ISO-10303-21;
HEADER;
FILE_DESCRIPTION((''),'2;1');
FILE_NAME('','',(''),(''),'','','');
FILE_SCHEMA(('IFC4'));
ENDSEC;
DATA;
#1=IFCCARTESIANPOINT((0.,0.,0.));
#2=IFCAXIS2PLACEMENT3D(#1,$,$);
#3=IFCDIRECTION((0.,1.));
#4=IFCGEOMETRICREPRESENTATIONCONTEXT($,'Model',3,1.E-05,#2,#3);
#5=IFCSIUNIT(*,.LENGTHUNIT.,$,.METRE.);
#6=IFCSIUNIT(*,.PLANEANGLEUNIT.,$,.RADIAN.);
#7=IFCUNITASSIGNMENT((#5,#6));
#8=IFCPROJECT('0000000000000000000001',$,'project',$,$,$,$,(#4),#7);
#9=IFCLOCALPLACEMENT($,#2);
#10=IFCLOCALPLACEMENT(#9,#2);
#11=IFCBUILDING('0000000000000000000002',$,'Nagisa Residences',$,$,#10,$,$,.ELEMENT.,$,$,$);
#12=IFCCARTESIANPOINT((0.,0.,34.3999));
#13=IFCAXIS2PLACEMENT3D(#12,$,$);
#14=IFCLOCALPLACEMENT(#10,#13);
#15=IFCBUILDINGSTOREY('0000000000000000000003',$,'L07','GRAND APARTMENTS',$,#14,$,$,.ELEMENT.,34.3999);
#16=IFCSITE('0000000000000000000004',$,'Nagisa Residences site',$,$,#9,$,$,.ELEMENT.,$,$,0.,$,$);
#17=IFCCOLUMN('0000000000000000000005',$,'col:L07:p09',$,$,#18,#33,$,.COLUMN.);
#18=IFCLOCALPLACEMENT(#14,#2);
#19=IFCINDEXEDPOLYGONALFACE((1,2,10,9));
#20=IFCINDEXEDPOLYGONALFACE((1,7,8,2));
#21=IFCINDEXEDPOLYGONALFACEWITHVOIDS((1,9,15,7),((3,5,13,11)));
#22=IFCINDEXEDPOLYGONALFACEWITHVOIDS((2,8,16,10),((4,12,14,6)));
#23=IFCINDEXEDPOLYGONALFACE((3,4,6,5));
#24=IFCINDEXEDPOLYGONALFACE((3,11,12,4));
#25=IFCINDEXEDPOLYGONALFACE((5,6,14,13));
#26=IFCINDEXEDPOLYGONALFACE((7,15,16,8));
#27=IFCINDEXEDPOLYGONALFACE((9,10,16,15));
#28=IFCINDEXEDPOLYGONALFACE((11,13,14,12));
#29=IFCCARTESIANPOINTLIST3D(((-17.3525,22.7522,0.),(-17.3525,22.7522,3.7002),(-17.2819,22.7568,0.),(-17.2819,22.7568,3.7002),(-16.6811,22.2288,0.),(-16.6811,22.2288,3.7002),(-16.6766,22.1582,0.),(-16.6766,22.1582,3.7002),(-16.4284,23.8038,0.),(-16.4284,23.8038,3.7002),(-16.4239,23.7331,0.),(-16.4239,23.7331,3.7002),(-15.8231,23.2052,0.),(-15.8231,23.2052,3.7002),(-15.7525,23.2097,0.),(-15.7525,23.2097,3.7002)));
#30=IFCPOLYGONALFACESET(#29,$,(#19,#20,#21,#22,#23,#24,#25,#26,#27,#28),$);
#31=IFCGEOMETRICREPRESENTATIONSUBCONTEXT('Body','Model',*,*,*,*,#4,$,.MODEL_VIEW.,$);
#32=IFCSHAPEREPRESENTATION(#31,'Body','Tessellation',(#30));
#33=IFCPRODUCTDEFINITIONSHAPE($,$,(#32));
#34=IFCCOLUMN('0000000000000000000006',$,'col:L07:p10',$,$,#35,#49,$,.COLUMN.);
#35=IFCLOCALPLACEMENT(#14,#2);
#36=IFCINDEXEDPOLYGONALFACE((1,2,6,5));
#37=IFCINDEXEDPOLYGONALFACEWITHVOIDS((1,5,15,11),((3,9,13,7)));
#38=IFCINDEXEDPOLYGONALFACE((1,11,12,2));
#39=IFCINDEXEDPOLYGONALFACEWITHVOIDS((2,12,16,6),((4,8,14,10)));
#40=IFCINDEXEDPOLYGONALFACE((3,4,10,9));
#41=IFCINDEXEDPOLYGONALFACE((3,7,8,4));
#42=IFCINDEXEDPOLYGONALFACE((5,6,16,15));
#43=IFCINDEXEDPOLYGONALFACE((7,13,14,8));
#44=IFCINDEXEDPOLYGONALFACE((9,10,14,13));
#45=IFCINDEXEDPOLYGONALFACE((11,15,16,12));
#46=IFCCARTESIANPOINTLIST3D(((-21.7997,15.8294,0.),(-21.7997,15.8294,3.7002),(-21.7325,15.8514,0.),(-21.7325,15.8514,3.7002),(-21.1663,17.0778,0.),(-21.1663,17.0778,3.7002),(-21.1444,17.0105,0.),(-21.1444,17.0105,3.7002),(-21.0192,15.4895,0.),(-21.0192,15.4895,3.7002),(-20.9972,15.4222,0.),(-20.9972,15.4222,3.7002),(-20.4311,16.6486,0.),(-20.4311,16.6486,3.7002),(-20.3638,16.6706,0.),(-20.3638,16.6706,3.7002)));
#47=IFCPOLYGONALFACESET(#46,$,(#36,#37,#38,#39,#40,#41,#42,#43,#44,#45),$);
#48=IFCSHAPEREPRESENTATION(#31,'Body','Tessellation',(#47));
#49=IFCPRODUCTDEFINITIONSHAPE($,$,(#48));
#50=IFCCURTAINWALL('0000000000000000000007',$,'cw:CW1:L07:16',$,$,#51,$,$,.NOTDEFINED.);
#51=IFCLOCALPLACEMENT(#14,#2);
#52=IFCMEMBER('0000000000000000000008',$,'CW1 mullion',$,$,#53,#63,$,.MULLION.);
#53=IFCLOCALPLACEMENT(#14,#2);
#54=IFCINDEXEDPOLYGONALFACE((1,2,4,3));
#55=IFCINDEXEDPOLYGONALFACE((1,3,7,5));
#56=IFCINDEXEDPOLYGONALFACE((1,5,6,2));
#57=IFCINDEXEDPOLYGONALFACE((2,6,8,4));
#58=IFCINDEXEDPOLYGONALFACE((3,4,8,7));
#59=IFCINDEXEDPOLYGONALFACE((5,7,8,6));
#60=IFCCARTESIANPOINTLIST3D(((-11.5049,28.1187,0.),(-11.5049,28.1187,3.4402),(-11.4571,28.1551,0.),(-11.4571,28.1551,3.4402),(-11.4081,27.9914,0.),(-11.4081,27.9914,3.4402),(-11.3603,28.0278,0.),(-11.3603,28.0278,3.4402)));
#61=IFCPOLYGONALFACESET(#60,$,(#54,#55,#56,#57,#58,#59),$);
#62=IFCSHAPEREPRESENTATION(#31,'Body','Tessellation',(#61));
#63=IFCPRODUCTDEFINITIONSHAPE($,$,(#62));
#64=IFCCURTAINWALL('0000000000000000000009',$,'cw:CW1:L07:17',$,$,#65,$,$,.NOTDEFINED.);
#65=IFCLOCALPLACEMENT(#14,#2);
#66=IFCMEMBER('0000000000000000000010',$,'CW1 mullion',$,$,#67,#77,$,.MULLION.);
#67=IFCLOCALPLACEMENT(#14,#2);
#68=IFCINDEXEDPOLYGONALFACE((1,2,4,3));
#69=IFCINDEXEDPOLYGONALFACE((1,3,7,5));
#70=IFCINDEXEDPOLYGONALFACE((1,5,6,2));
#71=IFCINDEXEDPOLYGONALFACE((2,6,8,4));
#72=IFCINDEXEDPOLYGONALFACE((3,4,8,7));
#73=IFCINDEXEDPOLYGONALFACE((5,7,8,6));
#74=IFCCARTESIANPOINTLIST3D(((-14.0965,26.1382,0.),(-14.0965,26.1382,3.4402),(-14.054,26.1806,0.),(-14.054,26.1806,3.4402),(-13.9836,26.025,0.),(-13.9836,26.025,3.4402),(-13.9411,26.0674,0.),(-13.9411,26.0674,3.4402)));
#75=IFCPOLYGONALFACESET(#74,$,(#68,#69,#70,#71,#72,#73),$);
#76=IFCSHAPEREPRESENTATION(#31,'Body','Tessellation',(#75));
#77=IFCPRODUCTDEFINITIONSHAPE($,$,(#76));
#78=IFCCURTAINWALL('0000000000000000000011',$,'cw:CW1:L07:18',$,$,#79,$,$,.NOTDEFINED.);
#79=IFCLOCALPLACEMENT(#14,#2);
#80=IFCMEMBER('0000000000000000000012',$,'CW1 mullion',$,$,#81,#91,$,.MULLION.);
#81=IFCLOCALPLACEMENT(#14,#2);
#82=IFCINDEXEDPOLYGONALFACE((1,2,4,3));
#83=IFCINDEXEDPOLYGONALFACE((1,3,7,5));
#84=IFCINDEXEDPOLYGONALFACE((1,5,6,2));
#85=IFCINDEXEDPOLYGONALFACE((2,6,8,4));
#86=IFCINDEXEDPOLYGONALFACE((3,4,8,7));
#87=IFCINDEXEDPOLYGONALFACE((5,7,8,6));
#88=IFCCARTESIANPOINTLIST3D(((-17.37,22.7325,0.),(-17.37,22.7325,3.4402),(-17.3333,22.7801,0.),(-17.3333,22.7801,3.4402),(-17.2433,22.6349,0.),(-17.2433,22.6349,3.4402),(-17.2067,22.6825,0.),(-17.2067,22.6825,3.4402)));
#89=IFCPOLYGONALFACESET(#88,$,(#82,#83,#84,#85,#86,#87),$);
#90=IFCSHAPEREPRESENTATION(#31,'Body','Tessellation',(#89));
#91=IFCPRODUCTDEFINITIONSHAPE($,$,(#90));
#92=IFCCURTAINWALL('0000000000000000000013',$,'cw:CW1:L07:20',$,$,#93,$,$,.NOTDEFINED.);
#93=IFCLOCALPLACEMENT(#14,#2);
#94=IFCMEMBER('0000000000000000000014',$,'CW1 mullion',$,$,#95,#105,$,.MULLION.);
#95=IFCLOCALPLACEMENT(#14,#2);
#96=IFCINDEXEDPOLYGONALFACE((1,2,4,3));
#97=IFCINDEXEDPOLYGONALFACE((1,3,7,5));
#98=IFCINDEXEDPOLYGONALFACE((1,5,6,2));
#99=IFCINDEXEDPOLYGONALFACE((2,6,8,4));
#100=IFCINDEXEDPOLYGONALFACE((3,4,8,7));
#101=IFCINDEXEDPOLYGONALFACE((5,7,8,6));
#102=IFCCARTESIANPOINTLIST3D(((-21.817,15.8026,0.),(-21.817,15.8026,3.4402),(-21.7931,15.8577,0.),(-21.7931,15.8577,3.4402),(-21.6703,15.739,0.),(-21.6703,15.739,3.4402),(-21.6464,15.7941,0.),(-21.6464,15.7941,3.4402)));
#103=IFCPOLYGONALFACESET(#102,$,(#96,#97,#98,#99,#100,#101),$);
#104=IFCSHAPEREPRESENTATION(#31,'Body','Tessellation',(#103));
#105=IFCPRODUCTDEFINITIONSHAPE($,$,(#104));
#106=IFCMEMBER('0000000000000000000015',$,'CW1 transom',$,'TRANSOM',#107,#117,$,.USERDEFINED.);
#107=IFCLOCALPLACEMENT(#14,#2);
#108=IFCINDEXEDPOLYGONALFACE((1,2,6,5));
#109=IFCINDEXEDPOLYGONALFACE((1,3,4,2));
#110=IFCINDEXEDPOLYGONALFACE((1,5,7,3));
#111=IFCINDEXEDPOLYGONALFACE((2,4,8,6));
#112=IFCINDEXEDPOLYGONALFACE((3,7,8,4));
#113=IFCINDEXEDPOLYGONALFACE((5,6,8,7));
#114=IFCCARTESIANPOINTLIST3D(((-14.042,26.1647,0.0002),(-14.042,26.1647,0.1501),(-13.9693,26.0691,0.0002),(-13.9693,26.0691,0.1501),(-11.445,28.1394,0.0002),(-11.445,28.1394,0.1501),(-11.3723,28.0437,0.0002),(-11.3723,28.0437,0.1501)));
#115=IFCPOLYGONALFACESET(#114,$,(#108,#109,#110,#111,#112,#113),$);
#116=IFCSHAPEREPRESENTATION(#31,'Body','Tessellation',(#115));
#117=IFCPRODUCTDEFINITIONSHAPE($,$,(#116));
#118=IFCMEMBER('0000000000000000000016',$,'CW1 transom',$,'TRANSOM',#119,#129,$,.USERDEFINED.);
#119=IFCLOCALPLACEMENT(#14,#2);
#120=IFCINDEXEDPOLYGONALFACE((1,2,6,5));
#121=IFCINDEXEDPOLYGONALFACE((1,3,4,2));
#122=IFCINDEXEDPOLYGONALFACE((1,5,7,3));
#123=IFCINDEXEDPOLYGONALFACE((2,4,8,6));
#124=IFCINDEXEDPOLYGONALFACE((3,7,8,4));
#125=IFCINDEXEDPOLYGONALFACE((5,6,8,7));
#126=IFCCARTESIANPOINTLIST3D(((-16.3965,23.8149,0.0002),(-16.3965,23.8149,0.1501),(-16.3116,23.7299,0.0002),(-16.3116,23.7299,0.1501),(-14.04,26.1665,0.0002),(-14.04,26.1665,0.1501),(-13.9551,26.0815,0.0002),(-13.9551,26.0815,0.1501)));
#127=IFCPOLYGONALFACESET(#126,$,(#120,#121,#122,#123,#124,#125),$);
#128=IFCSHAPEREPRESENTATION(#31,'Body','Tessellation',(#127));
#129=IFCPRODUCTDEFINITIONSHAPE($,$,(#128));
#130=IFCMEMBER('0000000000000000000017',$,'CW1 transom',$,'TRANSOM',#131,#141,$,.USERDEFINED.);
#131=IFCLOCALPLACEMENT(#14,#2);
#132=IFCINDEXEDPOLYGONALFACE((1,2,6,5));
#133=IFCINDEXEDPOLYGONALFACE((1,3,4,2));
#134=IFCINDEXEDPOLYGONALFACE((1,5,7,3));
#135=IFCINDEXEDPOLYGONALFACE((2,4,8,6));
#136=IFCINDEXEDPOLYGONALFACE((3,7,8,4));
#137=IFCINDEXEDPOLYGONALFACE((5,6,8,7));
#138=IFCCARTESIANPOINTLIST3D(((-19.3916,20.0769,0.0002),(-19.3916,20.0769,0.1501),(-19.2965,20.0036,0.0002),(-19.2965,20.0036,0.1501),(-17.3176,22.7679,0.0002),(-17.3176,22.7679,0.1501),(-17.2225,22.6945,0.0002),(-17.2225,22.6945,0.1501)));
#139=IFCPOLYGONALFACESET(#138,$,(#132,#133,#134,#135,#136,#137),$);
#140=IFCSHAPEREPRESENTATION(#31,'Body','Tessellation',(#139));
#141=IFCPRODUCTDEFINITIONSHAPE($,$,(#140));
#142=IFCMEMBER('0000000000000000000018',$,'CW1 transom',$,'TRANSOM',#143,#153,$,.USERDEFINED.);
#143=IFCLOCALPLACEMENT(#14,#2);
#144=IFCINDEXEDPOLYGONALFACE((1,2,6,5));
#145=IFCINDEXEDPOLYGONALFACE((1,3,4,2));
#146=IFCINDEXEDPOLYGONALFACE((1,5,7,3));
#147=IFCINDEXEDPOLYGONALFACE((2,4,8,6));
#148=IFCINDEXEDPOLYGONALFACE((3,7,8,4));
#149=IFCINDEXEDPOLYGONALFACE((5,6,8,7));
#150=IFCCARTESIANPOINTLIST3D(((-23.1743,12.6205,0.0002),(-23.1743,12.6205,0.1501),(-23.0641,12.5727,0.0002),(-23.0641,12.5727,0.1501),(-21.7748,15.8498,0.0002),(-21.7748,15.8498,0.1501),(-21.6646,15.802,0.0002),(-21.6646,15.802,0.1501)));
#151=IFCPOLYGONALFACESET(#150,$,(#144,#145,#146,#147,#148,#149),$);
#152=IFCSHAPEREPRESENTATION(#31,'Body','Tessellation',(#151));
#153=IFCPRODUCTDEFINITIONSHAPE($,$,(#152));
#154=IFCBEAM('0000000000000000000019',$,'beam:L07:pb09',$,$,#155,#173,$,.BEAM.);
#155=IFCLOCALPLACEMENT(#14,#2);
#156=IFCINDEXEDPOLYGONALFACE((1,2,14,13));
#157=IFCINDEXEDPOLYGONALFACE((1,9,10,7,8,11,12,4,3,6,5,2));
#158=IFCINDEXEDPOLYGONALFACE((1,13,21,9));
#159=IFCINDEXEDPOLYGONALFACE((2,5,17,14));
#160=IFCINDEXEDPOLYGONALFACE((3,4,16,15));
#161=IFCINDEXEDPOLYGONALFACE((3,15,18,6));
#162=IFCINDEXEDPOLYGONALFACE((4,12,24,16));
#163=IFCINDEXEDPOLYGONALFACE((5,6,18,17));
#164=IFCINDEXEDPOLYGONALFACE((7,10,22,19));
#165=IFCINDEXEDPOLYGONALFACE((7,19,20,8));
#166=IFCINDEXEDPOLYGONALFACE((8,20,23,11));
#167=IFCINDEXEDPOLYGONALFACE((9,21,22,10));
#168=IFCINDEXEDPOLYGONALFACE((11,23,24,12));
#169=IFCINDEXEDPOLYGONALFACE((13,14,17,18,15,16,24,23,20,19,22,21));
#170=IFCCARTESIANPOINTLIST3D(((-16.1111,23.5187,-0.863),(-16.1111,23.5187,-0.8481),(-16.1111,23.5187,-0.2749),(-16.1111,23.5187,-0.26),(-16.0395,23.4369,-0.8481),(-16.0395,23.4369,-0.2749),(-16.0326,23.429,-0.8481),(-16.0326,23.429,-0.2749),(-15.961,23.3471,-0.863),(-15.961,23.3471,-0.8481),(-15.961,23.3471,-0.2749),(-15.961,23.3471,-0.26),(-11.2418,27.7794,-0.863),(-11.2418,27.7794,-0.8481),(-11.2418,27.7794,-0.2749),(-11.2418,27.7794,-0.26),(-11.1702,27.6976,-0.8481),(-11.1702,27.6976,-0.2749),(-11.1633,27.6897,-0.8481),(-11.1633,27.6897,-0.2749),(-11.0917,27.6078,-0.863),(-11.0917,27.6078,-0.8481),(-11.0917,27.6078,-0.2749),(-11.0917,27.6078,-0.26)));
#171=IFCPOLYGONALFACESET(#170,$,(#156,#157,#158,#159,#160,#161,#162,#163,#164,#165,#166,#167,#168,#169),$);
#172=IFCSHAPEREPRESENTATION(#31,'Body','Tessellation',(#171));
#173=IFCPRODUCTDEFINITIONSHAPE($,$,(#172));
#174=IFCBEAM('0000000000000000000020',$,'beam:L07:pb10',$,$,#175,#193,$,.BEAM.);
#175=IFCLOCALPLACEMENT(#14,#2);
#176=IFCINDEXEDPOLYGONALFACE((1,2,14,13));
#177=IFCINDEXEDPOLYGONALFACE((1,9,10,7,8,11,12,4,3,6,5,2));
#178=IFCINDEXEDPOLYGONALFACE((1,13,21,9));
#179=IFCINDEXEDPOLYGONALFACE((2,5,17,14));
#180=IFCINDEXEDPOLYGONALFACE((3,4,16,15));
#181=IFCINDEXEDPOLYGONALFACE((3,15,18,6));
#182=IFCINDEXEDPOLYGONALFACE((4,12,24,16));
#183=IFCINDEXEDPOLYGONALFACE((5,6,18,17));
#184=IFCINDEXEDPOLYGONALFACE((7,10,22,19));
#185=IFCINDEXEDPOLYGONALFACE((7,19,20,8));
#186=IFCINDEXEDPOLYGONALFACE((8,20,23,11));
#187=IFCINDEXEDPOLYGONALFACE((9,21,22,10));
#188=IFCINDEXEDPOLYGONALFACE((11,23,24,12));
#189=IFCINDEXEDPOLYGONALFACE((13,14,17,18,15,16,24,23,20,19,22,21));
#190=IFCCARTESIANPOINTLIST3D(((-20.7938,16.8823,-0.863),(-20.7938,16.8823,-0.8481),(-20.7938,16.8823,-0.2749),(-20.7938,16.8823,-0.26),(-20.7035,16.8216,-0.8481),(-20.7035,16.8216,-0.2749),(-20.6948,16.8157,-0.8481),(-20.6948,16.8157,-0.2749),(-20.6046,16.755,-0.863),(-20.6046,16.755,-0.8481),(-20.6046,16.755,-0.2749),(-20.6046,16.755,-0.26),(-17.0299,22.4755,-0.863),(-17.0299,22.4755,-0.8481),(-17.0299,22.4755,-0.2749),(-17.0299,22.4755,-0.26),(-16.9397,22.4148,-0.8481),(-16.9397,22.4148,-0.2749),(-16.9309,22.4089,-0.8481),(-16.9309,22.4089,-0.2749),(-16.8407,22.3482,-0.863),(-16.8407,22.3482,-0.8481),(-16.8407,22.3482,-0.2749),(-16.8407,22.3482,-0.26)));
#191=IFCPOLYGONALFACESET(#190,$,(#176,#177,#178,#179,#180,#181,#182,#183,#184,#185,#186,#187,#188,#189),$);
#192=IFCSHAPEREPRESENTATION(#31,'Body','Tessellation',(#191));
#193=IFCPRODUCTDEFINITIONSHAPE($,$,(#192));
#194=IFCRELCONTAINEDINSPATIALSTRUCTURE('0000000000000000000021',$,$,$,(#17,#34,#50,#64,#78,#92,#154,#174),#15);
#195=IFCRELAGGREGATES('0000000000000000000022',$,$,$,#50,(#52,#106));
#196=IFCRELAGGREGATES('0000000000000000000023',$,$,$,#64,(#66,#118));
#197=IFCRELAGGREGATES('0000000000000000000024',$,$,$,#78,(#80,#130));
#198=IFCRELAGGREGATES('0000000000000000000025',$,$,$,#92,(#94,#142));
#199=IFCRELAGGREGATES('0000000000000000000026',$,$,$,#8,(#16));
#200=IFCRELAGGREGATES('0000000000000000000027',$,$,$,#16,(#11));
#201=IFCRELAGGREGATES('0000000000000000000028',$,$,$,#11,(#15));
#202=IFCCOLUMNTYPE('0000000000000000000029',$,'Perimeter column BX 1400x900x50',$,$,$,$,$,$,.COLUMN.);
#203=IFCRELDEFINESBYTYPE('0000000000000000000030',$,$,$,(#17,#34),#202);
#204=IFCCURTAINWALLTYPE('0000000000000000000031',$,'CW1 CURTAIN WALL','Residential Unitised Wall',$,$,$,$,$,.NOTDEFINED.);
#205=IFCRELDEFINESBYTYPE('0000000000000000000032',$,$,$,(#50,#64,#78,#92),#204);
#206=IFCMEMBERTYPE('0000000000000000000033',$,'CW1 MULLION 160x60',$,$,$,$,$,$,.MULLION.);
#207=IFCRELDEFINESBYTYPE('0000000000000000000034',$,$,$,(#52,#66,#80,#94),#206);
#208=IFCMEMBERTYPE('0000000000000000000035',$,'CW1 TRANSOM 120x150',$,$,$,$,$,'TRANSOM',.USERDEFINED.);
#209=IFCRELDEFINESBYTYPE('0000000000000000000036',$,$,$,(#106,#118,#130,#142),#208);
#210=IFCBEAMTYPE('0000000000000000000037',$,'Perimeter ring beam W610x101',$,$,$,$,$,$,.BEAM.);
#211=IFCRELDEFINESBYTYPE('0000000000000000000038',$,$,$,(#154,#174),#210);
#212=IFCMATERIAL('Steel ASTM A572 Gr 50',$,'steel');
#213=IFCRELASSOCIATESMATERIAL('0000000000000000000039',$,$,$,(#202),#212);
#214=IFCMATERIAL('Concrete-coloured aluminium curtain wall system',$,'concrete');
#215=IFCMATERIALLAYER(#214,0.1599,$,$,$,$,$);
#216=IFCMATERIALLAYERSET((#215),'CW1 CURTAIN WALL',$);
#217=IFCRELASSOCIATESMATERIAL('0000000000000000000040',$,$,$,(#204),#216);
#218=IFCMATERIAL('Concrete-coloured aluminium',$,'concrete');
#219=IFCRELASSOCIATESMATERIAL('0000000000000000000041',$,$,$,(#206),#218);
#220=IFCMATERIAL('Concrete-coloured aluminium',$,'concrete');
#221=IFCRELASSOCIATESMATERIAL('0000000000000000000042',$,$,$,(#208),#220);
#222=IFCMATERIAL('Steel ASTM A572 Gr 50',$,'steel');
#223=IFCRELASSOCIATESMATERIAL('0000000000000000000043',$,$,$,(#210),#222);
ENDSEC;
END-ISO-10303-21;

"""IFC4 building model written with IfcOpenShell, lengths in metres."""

from ifc_helpers import new_model, si_unit, direction, frame, origin, origin_2d, place, context, subcontext, project, spatial, rectangle, hollow_rectangle, i_section, extrude, material, layer, layer_set, material_profile, profile_set, type_object, element, aggregate, save


model = new_model("IFC4")

# Units and contexts
model_context = context("Model", 3, precision=1e-05, world=origin(), true_north=direction((0.0, 1.0)))
body_context = subcontext(model_context, "Body", "Model", "MODEL_VIEW")
ifc_project = project(units=[si_unit("LENGTHUNIT", "METRE"), si_unit("PLANEANGLEUNIT", "RADIAN")], contexts=[model_context])

# Site, building, storey
site_placement = place(None, origin())
site = spatial("IfcSite", under=ifc_project, at=site_placement, Name="Nagisa Residences site", CompositionType="ELEMENT", RefElevation=0.0)
building_placement = place(site_placement, origin())
building = spatial("IfcBuilding", under=site, at=building_placement, Name="Nagisa Residences", CompositionType="ELEMENT")
storey_placement = place(building_placement, frame((0.0, 0.0, 34.3999)))
storey = spatial("IfcBuildingStorey", under=building, at=storey_placement, Name="L07", Description="GRAND APARTMENTS", CompositionType="ELEMENT", Elevation=34.3999)

# Columns
ifc_material_1 = material(Name="Steel ASTM A572 Gr 50", Category="steel")
ifc_material_profile_1 = material_profile(ifc_material_1, hollow_rectangle(XDim=1.3999, YDim=0.8999, WallThickness=0.05, at=origin_2d()), Name="BX 1400x900x50")
ifc_profile_set_1 = profile_set([ifc_material_profile_1], Name="Steel ASTM A572 Gr 50")
column_type = type_object("IfcColumnType", Name="Perimeter column BX 1400x900x50", PredefinedType="COLUMN", material=ifc_profile_set_1)
for number, where, z_axis, x_axis, name in (
    (1, (-16.5525, 22.981, 0.0), (0.0, 0.0, 1.0), (-0.660115, -0.751165, 0.0), "col:L07:p09"),
    (2, (-21.0818, 16.25, 0.0), (0.0, 0.0, 1.0), (-0.452463, -0.891783, 0.0), "col:L07:p10"),
):
    element("IfcColumn", number, at=place(storey_placement, frame(where, z_axis=z_axis, x_axis=x_axis)), inside=storey, type_object=column_type, Name=name, PredefinedType="COLUMN", context=body_context, shape_type="SweptSolid", body=[
        extrude(hollow_rectangle(XDim=1.3999, YDim=0.8999, WallThickness=0.05, at=origin_2d()), origin(), (0.0, 0.0, 1.0), 3.7002),
    ])

# Curtain walls, members
ifc_material_2 = material(Name="Concrete-coloured aluminium curtain wall system", Category="concrete")
ifc_layer_1 = layer(ifc_material_2, 0.1599)
ifc_layer_set_1 = layer_set([ifc_layer_1], Name="CW1 CURTAIN WALL")
curtain_wall_type = type_object("IfcCurtainWallType", Name="CW1 CURTAIN WALL", Description="Residential Unitised Wall", PredefinedType="NOTDEFINED", material=ifc_layer_set_1)
curtain_wall_1_placement = place(storey_placement, origin())
curtain_wall_1 = element("IfcCurtainWall", 3, at=curtain_wall_1_placement, inside=storey, type_object=curtain_wall_type, Name="cw:CW1:L07:16", PredefinedType="NOTDEFINED")
ifc_material_3 = material(Name="Concrete-coloured aluminium", Category="concrete")
ifc_material_profile_2 = material_profile(ifc_material_3, rectangle(XDim=0.1599, YDim=0.0601, at=origin_2d()), Name="CW1 MULLION 160x60")
ifc_profile_set_2 = profile_set([ifc_material_profile_2], Name="Concrete-coloured aluminium")
member_type_1 = type_object("IfcMemberType", Name="CW1 MULLION 160x60", PredefinedType="MULLION", material=ifc_profile_set_2)
member_1_placement = place(storey_placement, frame((-11.4326, 28.0732, 0.0), z_axis=(0.0, 0.0, 1.0), x_axis=(0.605255, -0.796031, 0.0)))
member_1 = element("IfcMember", 4, at=member_1_placement, type_object=member_type_1, Name="CW1 mullion", PredefinedType="MULLION", context=body_context, shape_type="SweptSolid", body=[
    extrude(rectangle(XDim=0.1599, YDim=0.0601, at=origin_2d()), origin(), (0.0, 0.0, 1.0), 3.4402),
])
curtain_wall_2_placement = place(storey_placement, origin())
curtain_wall_2 = element("IfcCurtainWall", 5, at=curtain_wall_2_placement, inside=storey, type_object=curtain_wall_type, Name="cw:CW1:L07:17", PredefinedType="NOTDEFINED")
member_2_placement = place(storey_placement, frame((-14.0188, 26.1028, 0.0), z_axis=(0.0, 0.0, 1.0), x_axis=(0.706377, -0.707836, 0.0)))
member_2 = element("IfcMember", 6, at=member_2_placement, type_object=member_type_1, Name="CW1 mullion", PredefinedType="MULLION", context=body_context, shape_type="SweptSolid", body=[
    extrude(rectangle(XDim=0.1599, YDim=0.0601, at=origin_2d()), origin(), (0.0, 0.0, 1.0), 3.4402),
])
curtain_wall_3_placement = place(storey_placement, origin())
curtain_wall_3 = element("IfcCurtainWall", 7, at=curtain_wall_3_placement, inside=storey, type_object=curtain_wall_type, Name="cw:CW1:L07:18", PredefinedType="NOTDEFINED")
member_3_placement = place(storey_placement, frame((-17.2883, 22.7075, 0.0), z_axis=(0.0, 0.0, 1.0), x_axis=(0.79207, -0.61043, 0.0)))
member_3 = element("IfcMember", 8, at=member_3_placement, type_object=member_type_1, Name="CW1 mullion", PredefinedType="MULLION", context=body_context, shape_type="SweptSolid", body=[
    extrude(rectangle(XDim=0.1599, YDim=0.0601, at=origin_2d()), origin(), (0.0, 0.0, 1.0), 3.4402),
])
curtain_wall_4_placement = place(storey_placement, origin())
curtain_wall_4 = element("IfcCurtainWall", 9, at=curtain_wall_4_placement, inside=storey, type_object=curtain_wall_type, Name="cw:CW1:L07:20", PredefinedType="NOTDEFINED")
member_4_placement = place(storey_placement, frame((-21.7317, 15.7983, 0.0), z_axis=(0.0, 0.0, 1.0), x_axis=(0.917543, -0.397636, 0.0)))
member_4 = element("IfcMember", 10, at=member_4_placement, type_object=member_type_1, Name="CW1 mullion", PredefinedType="MULLION", context=body_context, shape_type="SweptSolid", body=[
    extrude(rectangle(XDim=0.1599, YDim=0.0601, at=origin_2d()), origin(), (0.0, 0.0, 1.0), 3.4402),
])

# Members
ifc_material_4 = material(Name="Concrete-coloured aluminium", Category="concrete")
ifc_material_profile_3 = material_profile(ifc_material_4, rectangle(XDim=0.1201, YDim=0.1499, at=origin_2d()), Name="CW1 TRANSOM 120x150")
ifc_profile_set_3 = profile_set([ifc_material_profile_3], Name="Concrete-coloured aluminium")
member_type_2 = type_object("IfcMemberType", Name="CW1 TRANSOM 120x150", ElementType="TRANSOM", PredefinedType="USERDEFINED", material=ifc_profile_set_3)
member_5_placement = place(storey_placement, frame((-11.4087, 28.0916, 0.0752), z_axis=(-0.796022, -0.605267, 0.0), x_axis=(0.605267, -0.796022, 0.0)))
member_5 = element("IfcMember", 11, at=member_5_placement, type_object=member_type_2, Name="CW1 transom", ObjectType="TRANSOM", PredefinedType="USERDEFINED", context=body_context, shape_type="SweptSolid", body=[
    extrude(rectangle(XDim=0.1201, YDim=0.1499, at=origin_2d()), origin(), (0.0, 0.0, 1.0), 3.2625),
])
member_6_placement = place(storey_placement, frame((-13.9976, 26.124, 0.0752), z_axis=(-0.70784, -0.706373, 0.0), x_axis=(0.706373, -0.70784, 0.0)))
member_6 = element("IfcMember", 12, at=member_6_placement, type_object=member_type_2, Name="CW1 transom", ObjectType="TRANSOM", PredefinedType="USERDEFINED", context=body_context, shape_type="SweptSolid", body=[
    extrude(rectangle(XDim=0.1201, YDim=0.1499, at=origin_2d()), origin(), (0.0, 0.0, 1.0), 3.3291),
])
member_7_placement = place(storey_placement, frame((-17.27, 22.7312, 0.0752), z_axis=(-0.610457, -0.792049, 0.0), x_axis=(0.792049, -0.610457, 0.0)))
member_7 = element("IfcMember", 13, at=member_7_placement, type_object=member_type_2, Name="CW1 transom", ObjectType="TRANSOM", PredefinedType="USERDEFINED", context=body_context, shape_type="SweptSolid", body=[
    extrude(rectangle(XDim=0.1201, YDim=0.1499, at=origin_2d()), origin(), (0.0, 0.0, 1.0), 3.3975),
])
member_8_placement = place(storey_placement, frame((-21.7197, 15.8259, 0.0752), z_axis=(-0.397625, -0.917548, 0.0), x_axis=(0.917548, -0.397625, 0.0)))
member_8 = element("IfcMember", 14, at=member_8_placement, type_object=member_type_2, Name="CW1 transom", ObjectType="TRANSOM", PredefinedType="USERDEFINED", context=body_context, shape_type="SweptSolid", body=[
    extrude(rectangle(XDim=0.1201, YDim=0.1499, at=origin_2d()), origin(), (0.0, 0.0, 1.0), 3.5195),
])

# Beams
ifc_material_5 = material(Name="Steel ASTM A572 Gr 50", Category="steel")
ifc_material_profile_4 = material_profile(ifc_material_5, i_section(OverallWidth=0.228, OverallDepth=0.603, WebThickness=0.0105, FlangeThickness=0.0149, at=origin_2d()), Name="W610x101")
ifc_profile_set_4 = profile_set([ifc_material_profile_4], Name="Steel ASTM A572 Gr 50")
beam_type_1 = type_object("IfcBeamType", Name="Perimeter ring beam W610x101", PredefinedType="BEAM", material=ifc_profile_set_4)
beam_1_placement = place(storey_placement, frame((-11.1667, 27.6936, -0.5615), z_axis=(-0.752574, -0.658507, 0.0), x_axis=(0.658507, -0.752574, 0.0)))
element("IfcBeam", 15, at=beam_1_placement, inside=storey, type_object=beam_type_1, Name="beam:L07:pb09", PredefinedType="BEAM", context=body_context, shape_type="SweptSolid", body=[
    extrude(i_section(OverallWidth=0.228, OverallDepth=0.603, WebThickness=0.0105, FlangeThickness=0.0149, at=origin_2d()), origin(), (0.0, 0.0, 1.0), 6.4702),
])
beam_2_placement = place(storey_placement, frame((-16.9353, 22.4119, -0.5615), z_axis=(-0.558297, -0.829641, 0.0), x_axis=(0.829641, -0.558297, 0.0)))
element("IfcBeam", 16, at=beam_2_placement, inside=storey, type_object=beam_type_1, Name="beam:L07:pb10", PredefinedType="BEAM", context=body_context, shape_type="SweptSolid", body=[
    extrude(i_section(OverallWidth=0.228, OverallDepth=0.603, WebThickness=0.0105, FlangeThickness=0.0149, at=origin_2d()), origin(), (0.0, 0.0, 1.0), 6.7417),
])

aggregate(curtain_wall_1, [member_1, member_5])
aggregate(curtain_wall_2, [member_2, member_6])
aggregate(curtain_wall_3, [member_3, member_7])
aggregate(curtain_wall_4, [member_4, member_8])

save(model, "model.ifc")
